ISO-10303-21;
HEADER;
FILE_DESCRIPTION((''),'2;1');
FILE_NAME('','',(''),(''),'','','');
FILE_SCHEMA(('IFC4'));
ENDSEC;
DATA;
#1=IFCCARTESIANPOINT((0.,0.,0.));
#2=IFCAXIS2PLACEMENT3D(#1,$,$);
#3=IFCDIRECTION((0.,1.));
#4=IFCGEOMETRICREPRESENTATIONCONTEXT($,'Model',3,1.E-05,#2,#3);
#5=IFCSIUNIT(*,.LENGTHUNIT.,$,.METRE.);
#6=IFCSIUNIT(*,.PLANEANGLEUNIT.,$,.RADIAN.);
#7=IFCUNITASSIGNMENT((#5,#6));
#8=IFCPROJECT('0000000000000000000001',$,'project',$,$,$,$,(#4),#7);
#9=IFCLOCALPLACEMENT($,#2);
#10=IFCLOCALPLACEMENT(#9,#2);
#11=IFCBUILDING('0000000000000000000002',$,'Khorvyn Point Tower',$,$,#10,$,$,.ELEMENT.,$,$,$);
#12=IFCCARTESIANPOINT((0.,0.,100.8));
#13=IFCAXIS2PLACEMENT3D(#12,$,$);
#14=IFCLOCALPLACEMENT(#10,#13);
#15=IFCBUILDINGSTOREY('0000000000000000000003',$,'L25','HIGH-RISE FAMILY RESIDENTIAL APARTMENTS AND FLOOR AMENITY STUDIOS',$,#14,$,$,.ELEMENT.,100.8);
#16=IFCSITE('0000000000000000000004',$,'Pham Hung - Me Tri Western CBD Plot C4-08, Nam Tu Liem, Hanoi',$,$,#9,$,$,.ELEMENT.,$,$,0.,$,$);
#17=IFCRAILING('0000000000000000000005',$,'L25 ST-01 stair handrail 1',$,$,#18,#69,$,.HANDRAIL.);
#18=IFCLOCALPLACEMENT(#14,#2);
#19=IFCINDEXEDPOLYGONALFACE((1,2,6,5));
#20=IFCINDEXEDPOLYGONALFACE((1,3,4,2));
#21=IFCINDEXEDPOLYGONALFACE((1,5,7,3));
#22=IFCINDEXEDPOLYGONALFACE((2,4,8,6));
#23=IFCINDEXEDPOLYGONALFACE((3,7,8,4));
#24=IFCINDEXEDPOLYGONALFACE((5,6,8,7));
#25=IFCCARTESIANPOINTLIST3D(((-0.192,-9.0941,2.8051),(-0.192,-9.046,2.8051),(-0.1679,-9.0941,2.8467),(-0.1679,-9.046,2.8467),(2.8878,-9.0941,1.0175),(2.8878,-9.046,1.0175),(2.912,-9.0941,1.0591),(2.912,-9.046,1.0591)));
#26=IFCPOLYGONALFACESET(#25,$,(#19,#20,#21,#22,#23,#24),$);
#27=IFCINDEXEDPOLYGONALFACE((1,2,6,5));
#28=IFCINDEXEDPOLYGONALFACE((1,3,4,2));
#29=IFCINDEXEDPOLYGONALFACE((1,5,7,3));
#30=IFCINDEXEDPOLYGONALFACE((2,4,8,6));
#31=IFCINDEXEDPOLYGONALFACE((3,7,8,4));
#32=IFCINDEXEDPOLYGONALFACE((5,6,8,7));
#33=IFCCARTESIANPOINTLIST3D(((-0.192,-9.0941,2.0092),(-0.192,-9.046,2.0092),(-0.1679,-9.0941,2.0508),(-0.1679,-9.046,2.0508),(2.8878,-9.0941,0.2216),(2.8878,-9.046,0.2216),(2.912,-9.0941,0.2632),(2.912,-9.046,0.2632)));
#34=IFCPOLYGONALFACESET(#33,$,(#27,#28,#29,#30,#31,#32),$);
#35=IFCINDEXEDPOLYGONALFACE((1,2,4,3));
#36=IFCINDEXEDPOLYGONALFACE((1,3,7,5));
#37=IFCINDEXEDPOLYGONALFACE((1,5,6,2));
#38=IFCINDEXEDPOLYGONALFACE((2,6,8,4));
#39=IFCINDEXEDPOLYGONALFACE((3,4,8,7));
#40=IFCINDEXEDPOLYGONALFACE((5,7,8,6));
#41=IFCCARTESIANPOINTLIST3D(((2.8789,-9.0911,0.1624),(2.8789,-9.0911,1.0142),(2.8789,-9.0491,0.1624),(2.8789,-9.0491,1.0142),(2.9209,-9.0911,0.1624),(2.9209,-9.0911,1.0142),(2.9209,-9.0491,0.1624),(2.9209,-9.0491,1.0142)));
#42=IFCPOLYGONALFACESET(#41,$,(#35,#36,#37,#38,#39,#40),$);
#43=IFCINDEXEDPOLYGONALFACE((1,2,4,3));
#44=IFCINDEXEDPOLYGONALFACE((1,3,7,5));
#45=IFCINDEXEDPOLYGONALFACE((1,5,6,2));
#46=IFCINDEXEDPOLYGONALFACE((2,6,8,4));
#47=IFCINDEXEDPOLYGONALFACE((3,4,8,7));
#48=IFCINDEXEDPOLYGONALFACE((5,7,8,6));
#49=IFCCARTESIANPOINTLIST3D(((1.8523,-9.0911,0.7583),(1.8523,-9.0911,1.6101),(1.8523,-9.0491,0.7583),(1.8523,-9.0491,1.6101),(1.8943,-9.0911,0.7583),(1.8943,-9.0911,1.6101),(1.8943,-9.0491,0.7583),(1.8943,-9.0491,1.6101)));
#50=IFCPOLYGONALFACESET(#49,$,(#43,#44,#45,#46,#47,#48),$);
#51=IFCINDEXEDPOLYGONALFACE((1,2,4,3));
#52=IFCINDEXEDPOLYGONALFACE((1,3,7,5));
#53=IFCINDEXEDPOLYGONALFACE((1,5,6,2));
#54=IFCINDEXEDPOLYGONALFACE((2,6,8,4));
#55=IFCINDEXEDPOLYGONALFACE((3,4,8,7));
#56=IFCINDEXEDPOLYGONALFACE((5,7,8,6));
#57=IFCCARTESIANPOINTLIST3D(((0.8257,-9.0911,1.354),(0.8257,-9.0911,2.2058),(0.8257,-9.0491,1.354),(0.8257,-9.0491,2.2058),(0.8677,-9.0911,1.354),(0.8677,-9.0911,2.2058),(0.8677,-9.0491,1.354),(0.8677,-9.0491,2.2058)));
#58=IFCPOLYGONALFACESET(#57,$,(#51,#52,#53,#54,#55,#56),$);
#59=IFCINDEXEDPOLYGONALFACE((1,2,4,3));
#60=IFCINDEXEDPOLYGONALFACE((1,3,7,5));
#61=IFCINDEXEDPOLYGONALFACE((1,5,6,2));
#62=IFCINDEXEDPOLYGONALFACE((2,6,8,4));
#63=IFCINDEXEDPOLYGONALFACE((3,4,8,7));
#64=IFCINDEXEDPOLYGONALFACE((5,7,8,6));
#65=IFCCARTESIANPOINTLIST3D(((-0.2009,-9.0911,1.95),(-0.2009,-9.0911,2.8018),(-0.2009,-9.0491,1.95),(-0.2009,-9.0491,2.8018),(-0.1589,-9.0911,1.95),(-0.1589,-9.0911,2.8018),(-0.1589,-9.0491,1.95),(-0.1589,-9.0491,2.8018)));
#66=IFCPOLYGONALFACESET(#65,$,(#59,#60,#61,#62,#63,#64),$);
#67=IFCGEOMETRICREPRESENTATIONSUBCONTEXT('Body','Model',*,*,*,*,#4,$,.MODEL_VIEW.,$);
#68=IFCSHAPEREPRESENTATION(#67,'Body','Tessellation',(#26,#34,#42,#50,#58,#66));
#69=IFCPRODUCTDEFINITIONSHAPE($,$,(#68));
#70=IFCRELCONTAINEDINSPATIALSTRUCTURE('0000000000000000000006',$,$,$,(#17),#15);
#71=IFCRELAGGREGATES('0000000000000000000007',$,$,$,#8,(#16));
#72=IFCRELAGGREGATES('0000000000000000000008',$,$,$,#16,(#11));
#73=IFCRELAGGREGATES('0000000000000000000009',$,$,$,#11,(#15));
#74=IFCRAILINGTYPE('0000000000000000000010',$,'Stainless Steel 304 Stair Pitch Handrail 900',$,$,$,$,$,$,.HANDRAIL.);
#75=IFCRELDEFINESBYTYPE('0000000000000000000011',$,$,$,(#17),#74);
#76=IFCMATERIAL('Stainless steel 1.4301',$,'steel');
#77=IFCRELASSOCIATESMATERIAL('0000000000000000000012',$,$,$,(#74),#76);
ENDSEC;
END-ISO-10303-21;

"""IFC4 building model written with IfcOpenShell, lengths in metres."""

from ifc_helpers import new_model, si_unit, direction, frame, origin, origin_2d, place, context, subcontext, project, spatial, rectangle, extrude, material, type_object, element, save


model = new_model("IFC4")

# Units and contexts
model_context = context("Model", 3, precision=1e-05, world=origin(), true_north=direction((0.0, 1.0)))
body_context = subcontext(model_context, "Body", "Model", "MODEL_VIEW")
ifc_project = project(units=[si_unit("LENGTHUNIT", "METRE"), si_unit("PLANEANGLEUNIT", "RADIAN")], contexts=[model_context])

# Site, building, storey
site_placement = place(None, origin())
site = spatial("IfcSite", under=ifc_project, at=site_placement, Name="Pham Hung - Me Tri Western CBD Plot C4-08, Nam Tu Liem, Hanoi", CompositionType="ELEMENT", RefElevation=0.0)
building_placement = place(site_placement, origin())
building = spatial("IfcBuilding", under=site, at=building_placement, Name="Khorvyn Point Tower", CompositionType="ELEMENT")
storey_placement = place(building_placement, frame((0.0, 0.0, 100.8)))
storey = spatial("IfcBuildingStorey", under=building, at=storey_placement, Name="L25", Description="HIGH-RISE FAMILY RESIDENTIAL APARTMENTS AND FLOOR AMENITY STUDIOS", CompositionType="ELEMENT", Elevation=100.8)

# Shared definitions
ifc_material_1 = material(Name="Stainless steel 1.4301", Category="steel")

# Railing
railing_type_1 = type_object("IfcRailingType", Name="Stainless Steel 304 Stair Pitch Handrail 900", PredefinedType="HANDRAIL", material=ifc_material_1)
railing_1_placement = place(storey_placement, frame((2.8999, -9.0701, 0.1624)))
element("IfcRailing", 1, at=railing_1_placement, inside=storey, type_object=railing_type_1, Name="L25 ST-01 stair handrail 1", PredefinedType="HANDRAIL", context=body_context, shape_type="SweptSolid", body=[
    extrude(rectangle(XDim=0.0481, YDim=0.0481, at=origin_2d()), frame((0.0, 0.0, 0.876), z_axis=(-0.864873, 0.0, 0.50199), x_axis=(0.0, -1.0, 0.0)), (0.0, 0.0, 1.0), 3.561),
    extrude(rectangle(XDim=0.0481, YDim=0.0481, at=origin_2d()), frame((0.0, 0.0, 0.0801), z_axis=(-0.864873, 0.0, 0.50199), x_axis=(0.0, -1.0, 0.0)), (0.0, 0.0, 1.0), 3.561),
    extrude(rectangle(XDim=0.042, YDim=0.042, at=origin_2d()), origin(), (0.0, 0.0, 1.0), 0.8518),
    extrude(rectangle(XDim=0.042, YDim=0.042, at=origin_2d()), frame((-1.0266, 0.0, 0.5959)), (0.0, 0.0, 1.0), 0.8518),
    extrude(rectangle(XDim=0.042, YDim=0.042, at=origin_2d()), frame((-2.0532, 0.0, 1.1917)), (0.0, 0.0, 1.0), 0.8518),
    extrude(rectangle(XDim=0.042, YDim=0.042, at=origin_2d()), frame((-3.0798, 0.0, 1.7876)), (0.0, 0.0, 1.0), 0.8518),
])

save(model, "model.ifc")
